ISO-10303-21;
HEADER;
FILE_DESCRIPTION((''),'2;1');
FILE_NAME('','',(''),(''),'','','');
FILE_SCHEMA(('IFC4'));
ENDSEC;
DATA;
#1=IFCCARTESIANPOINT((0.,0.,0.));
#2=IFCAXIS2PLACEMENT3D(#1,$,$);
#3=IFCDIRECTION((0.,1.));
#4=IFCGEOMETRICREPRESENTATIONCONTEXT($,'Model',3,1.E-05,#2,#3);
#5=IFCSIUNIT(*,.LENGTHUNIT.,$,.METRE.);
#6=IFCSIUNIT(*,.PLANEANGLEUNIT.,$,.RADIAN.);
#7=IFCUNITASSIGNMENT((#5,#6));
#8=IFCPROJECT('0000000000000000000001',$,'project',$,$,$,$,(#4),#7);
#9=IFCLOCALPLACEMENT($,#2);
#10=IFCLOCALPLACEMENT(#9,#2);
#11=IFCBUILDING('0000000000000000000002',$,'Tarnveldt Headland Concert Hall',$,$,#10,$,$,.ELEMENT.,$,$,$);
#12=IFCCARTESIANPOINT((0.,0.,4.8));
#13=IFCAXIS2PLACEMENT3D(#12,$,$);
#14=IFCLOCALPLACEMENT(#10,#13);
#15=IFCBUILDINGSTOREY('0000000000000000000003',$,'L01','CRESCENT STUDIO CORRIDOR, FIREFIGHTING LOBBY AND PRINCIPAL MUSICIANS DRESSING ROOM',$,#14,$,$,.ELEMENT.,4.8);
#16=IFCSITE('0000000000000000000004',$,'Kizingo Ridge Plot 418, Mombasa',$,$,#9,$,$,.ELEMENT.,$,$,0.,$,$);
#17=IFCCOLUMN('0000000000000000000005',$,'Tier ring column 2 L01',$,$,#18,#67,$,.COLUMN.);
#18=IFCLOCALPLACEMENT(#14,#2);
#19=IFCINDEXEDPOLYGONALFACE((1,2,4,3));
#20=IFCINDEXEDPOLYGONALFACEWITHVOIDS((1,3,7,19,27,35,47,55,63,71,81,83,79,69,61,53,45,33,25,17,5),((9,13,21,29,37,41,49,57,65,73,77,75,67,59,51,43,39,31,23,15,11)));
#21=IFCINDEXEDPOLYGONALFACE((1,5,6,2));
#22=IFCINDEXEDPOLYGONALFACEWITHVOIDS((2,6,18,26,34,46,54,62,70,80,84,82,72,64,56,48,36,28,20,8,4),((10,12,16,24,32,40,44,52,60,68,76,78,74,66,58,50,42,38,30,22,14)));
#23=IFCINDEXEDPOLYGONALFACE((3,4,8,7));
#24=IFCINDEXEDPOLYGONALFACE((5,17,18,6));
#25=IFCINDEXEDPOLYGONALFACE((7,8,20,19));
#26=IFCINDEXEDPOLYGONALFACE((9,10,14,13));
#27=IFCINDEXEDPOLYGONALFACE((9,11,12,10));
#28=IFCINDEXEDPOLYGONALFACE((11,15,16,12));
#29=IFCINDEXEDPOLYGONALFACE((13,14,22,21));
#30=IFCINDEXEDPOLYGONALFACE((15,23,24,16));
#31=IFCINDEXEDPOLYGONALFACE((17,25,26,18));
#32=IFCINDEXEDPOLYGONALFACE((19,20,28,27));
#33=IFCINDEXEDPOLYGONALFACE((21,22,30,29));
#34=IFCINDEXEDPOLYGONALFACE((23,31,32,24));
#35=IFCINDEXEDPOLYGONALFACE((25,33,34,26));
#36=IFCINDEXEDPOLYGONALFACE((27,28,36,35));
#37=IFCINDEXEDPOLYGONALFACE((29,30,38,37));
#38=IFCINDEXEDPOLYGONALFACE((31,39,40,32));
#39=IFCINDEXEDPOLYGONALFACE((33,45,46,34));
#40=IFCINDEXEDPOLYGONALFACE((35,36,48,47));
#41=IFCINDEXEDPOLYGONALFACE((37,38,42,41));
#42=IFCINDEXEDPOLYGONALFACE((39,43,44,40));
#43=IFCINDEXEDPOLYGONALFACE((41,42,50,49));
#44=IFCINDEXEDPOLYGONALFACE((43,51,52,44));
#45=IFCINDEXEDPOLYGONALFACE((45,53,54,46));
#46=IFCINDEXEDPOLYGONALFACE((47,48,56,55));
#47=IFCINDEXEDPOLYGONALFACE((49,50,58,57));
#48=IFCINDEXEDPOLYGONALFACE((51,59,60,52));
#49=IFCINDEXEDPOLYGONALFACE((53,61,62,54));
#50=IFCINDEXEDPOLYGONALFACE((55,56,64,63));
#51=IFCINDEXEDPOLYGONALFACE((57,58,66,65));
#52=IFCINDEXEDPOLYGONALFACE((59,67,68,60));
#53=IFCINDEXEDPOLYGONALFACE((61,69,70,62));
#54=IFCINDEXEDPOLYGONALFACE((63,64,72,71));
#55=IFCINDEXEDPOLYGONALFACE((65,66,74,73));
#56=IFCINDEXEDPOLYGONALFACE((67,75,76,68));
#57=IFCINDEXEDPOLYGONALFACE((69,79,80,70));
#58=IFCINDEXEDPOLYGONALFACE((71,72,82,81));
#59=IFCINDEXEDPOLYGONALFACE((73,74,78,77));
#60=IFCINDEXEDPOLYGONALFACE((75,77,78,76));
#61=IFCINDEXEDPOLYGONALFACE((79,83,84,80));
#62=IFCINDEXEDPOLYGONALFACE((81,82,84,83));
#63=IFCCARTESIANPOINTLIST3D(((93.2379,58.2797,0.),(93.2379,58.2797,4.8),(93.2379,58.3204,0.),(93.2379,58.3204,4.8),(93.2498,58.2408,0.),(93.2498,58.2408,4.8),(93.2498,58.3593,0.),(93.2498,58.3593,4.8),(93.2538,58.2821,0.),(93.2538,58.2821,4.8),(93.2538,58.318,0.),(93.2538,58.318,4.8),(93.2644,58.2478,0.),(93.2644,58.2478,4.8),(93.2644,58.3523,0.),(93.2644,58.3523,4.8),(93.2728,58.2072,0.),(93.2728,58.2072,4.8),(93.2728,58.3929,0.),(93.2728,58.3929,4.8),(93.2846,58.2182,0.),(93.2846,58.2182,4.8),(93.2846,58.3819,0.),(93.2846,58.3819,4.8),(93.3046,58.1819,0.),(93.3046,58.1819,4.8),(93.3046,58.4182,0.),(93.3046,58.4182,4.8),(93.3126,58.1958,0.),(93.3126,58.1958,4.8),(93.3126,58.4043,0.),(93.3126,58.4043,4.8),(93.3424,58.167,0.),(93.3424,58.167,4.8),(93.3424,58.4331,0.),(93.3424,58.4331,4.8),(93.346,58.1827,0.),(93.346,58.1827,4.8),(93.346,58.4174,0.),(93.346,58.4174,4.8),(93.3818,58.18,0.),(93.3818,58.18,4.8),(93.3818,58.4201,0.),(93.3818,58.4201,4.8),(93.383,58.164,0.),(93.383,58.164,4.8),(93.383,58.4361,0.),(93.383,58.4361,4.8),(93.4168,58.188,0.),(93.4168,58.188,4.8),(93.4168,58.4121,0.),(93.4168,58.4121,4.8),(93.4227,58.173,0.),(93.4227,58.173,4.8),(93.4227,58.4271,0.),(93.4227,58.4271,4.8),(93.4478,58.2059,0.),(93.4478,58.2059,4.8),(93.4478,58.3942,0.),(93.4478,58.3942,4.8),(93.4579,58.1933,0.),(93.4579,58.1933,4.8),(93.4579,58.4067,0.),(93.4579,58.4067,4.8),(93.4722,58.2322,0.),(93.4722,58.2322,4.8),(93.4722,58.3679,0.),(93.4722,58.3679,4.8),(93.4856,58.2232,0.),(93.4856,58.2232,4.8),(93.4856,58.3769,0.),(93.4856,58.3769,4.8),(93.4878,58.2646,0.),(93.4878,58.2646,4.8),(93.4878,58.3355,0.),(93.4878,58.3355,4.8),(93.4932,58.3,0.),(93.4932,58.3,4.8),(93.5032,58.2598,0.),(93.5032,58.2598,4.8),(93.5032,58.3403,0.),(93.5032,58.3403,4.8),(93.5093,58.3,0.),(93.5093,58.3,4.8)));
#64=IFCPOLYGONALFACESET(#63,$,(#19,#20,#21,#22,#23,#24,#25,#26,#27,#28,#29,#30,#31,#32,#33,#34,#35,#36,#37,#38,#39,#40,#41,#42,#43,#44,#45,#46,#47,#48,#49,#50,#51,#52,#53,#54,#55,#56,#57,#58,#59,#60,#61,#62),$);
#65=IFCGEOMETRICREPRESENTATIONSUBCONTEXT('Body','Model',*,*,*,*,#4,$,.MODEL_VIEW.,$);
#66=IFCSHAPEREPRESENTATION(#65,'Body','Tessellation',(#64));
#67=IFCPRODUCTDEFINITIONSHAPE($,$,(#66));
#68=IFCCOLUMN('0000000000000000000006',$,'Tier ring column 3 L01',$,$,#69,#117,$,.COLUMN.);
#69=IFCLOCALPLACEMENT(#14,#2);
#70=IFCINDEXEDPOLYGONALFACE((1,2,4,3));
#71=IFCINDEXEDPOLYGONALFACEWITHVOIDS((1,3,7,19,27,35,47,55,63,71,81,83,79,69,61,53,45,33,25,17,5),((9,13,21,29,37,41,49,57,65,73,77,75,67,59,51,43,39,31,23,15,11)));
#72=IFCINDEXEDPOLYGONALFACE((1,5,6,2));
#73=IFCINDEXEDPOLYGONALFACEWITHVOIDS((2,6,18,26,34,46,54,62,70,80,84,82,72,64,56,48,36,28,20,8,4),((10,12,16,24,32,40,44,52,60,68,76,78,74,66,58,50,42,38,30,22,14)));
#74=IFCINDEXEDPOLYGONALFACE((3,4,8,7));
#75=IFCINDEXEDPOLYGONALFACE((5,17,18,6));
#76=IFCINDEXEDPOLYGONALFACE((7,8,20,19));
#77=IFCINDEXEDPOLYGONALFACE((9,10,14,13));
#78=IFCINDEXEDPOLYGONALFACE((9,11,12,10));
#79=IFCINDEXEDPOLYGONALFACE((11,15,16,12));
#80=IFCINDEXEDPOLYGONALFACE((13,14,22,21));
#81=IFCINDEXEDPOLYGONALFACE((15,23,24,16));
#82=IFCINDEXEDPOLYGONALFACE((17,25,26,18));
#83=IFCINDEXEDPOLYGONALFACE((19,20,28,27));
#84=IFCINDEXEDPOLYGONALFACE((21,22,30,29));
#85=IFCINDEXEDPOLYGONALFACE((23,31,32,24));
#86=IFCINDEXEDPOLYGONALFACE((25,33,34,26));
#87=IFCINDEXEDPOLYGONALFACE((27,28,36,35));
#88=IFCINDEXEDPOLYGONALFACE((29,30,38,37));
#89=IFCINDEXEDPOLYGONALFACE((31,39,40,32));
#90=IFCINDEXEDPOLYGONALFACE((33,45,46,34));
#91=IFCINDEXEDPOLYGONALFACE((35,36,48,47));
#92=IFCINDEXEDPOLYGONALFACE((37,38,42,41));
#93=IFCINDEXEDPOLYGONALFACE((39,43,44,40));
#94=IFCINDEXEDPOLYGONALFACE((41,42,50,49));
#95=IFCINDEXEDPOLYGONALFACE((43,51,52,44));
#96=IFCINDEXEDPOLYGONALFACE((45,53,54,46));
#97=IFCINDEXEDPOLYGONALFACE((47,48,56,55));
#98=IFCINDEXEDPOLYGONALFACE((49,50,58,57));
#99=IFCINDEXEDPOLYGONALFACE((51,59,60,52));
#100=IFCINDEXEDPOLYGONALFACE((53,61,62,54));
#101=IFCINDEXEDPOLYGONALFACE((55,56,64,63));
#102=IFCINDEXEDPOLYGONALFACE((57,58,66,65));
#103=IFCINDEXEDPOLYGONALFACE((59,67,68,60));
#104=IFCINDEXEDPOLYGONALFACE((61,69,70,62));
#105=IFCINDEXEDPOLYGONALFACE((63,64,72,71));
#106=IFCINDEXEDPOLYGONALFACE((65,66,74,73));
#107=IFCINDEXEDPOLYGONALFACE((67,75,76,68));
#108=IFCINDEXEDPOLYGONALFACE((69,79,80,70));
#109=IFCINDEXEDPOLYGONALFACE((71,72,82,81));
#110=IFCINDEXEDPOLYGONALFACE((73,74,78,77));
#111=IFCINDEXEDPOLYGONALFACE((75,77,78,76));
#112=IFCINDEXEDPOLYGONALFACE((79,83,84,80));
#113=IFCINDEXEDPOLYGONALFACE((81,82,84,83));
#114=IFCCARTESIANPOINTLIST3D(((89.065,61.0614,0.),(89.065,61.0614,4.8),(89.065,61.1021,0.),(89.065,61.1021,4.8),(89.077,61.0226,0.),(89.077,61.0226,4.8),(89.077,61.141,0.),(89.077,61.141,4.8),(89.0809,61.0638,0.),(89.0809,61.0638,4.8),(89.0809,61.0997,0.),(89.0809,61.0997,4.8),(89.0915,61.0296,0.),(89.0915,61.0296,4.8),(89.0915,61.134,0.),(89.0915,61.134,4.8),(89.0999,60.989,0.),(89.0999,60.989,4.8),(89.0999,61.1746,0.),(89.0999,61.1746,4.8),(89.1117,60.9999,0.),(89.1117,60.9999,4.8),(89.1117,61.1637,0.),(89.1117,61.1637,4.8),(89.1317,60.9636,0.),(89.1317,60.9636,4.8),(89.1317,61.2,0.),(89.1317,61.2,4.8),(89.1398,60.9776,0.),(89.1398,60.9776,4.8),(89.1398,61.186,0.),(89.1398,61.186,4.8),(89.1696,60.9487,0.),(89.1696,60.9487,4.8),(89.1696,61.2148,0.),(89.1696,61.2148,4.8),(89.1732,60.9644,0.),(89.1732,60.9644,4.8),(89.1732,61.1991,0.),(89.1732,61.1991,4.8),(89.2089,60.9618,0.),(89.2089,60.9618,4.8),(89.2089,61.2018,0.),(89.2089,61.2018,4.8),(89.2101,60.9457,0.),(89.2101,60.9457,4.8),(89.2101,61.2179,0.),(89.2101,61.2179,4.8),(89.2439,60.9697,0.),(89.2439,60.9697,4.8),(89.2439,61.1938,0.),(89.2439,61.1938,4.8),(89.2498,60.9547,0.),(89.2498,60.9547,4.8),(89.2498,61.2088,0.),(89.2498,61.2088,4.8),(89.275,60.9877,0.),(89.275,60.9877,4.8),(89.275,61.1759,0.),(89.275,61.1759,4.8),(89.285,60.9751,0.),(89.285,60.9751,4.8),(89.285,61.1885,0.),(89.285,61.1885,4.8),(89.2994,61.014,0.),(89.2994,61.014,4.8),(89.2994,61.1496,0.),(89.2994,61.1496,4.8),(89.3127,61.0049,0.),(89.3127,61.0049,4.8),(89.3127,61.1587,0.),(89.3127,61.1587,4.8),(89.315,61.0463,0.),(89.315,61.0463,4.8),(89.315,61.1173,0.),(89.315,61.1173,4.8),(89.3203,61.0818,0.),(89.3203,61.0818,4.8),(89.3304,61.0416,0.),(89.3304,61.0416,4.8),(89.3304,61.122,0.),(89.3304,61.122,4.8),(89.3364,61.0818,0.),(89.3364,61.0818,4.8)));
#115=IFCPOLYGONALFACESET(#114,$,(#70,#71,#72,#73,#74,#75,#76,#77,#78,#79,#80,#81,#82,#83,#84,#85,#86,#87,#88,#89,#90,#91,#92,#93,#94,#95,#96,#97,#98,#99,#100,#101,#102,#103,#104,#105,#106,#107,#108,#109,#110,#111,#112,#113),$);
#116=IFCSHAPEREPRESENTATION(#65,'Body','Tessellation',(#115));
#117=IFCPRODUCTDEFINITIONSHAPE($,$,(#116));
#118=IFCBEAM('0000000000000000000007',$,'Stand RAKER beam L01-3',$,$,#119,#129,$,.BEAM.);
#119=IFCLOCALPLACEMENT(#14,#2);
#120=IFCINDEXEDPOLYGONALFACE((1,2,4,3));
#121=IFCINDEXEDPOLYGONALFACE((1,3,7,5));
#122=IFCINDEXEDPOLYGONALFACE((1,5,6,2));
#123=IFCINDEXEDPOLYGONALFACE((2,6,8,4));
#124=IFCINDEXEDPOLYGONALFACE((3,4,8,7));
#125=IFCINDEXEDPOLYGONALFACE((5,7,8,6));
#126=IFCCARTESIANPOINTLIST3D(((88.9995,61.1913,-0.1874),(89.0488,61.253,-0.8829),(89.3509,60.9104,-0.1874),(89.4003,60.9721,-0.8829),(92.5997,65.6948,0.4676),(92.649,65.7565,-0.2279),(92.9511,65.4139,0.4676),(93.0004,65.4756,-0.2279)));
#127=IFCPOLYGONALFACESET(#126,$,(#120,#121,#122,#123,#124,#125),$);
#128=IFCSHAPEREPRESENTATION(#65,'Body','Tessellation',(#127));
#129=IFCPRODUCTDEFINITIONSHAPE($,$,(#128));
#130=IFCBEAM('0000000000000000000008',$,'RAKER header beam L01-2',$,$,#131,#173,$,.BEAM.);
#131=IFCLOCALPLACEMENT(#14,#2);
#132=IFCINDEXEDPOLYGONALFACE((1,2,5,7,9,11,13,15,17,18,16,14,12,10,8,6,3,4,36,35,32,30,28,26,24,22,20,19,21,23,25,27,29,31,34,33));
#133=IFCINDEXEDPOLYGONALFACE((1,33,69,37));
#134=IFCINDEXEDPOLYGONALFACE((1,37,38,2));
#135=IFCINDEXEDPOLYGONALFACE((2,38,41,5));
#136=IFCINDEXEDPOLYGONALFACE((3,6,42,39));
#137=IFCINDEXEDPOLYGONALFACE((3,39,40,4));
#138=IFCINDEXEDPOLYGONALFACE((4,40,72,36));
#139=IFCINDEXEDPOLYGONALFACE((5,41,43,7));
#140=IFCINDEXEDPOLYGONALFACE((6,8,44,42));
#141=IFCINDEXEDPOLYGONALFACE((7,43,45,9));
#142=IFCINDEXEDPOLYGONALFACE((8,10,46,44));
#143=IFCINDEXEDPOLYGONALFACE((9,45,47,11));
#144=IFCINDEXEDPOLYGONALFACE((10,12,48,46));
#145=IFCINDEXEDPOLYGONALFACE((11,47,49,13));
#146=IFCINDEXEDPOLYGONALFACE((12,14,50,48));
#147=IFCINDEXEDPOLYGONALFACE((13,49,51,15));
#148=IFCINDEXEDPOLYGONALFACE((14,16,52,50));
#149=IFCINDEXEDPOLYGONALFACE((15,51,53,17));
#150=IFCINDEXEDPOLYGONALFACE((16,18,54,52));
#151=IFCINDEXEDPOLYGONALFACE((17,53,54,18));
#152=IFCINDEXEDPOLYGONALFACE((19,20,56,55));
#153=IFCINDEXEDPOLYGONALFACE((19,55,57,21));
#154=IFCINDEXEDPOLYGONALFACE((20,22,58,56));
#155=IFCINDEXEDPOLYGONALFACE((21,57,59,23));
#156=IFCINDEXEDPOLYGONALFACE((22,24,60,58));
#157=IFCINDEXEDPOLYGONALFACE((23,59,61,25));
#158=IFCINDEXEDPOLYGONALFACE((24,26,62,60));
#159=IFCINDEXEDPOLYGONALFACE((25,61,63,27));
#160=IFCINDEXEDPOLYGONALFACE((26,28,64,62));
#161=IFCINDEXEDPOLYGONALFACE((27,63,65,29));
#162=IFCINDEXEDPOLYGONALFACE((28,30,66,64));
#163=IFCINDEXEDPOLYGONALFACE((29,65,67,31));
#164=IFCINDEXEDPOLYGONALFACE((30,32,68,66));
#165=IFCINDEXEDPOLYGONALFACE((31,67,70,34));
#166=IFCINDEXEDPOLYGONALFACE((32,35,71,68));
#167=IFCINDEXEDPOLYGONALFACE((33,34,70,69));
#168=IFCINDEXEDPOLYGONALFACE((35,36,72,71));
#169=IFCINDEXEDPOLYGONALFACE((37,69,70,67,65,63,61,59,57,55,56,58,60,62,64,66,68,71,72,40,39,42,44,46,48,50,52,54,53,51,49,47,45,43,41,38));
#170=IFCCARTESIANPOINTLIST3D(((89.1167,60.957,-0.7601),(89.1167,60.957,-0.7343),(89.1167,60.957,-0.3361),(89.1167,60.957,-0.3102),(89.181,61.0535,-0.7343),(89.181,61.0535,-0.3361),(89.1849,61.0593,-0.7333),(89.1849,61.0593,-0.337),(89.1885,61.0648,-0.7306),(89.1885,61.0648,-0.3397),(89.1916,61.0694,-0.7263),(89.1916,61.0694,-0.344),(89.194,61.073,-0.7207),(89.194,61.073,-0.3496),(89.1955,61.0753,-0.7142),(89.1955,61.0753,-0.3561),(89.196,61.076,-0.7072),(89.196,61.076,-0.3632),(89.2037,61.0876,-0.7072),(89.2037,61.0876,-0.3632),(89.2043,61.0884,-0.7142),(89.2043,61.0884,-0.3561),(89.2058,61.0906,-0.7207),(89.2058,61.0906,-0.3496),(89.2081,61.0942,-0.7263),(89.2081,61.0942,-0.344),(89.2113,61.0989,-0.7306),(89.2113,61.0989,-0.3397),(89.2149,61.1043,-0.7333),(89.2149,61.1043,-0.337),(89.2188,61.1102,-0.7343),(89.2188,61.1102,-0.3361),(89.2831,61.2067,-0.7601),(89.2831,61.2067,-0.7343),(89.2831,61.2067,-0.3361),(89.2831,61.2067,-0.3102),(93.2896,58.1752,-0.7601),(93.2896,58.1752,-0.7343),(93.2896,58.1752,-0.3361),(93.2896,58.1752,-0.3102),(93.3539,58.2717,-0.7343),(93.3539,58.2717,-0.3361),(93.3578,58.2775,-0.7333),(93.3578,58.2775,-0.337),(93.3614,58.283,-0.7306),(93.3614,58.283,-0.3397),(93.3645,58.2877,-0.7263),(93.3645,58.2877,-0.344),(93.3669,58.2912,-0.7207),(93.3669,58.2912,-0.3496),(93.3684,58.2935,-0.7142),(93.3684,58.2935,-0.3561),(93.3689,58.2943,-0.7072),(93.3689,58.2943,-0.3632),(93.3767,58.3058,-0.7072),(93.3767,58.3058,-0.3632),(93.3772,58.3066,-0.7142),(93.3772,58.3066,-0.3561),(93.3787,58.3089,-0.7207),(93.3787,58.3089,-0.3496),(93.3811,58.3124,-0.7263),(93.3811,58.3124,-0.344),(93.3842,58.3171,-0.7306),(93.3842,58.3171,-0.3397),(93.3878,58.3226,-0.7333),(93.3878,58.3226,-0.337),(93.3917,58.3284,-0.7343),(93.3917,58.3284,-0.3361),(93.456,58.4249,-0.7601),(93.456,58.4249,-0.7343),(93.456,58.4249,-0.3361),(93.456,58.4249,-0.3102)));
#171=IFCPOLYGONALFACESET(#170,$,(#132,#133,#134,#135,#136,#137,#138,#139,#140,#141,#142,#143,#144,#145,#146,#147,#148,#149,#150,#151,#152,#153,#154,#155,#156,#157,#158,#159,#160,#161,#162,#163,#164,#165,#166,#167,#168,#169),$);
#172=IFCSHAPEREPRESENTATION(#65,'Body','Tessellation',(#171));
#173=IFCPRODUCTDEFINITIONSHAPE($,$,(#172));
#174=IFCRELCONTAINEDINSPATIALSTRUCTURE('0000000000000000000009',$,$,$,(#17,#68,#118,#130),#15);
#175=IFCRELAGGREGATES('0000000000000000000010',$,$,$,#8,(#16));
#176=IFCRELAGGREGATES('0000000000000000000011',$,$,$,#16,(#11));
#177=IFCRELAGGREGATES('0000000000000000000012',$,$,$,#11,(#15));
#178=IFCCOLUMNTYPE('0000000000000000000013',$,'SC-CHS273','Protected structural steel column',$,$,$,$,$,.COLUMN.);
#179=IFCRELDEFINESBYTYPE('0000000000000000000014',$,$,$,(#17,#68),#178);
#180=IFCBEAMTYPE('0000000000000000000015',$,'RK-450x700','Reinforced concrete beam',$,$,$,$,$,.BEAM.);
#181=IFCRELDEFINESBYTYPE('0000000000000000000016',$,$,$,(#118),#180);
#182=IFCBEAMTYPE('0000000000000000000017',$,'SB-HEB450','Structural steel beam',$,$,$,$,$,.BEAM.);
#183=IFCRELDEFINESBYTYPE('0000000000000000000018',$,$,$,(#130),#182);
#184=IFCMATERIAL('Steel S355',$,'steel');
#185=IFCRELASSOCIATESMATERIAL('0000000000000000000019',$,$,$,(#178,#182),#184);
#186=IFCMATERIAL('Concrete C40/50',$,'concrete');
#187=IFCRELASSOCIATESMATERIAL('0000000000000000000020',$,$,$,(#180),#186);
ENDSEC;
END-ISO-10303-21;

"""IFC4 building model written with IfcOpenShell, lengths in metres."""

from ifc_helpers import new_model, si_unit, direction, frame, origin, origin_2d, place, context, subcontext, project, spatial, rectangle, hollow_circle, i_section, extrude, material, material_profile, profile_set, type_object, element, save


model = new_model("IFC4")

# Units and contexts
model_context = context("Model", 3, precision=1e-05, world=origin(), true_north=direction((0.0, 1.0)))
body_context = subcontext(model_context, "Body", "Model", "MODEL_VIEW")
ifc_project = project(units=[si_unit("LENGTHUNIT", "METRE"), si_unit("PLANEANGLEUNIT", "RADIAN")], contexts=[model_context])

# Site, building, storey
site_placement = place(None, origin())
site = spatial("IfcSite", under=ifc_project, at=site_placement, Name="Kizingo Ridge Plot 418, Mombasa", CompositionType="ELEMENT", RefElevation=0.0)
building_placement = place(site_placement, origin())
building = spatial("IfcBuilding", under=site, at=building_placement, Name="Tarnveldt Headland Concert Hall", CompositionType="ELEMENT")
storey_placement = place(building_placement, frame((0.0, 0.0, 4.8)))
storey = spatial("IfcBuildingStorey", under=building, at=storey_placement, Name="L01", Description="CRESCENT STUDIO CORRIDOR, FIREFIGHTING LOBBY AND PRINCIPAL MUSICIANS DRESSING ROOM", CompositionType="ELEMENT", Elevation=4.8)

# Columns
ifc_material_1 = material(Name="Concrete C40/50", Category="concrete")
ifc_material_2 = material(Name="Steel S355", Category="steel")
ifc_material_profile_1 = material_profile(ifc_material_2, hollow_circle(Radius=0.1365, WallThickness=0.0161, at=origin_2d()), Name="CHS 273x16", Category="steel")
ifc_profile_set_1 = profile_set([ifc_material_profile_1], Name="Steel S355")
column_type_1 = type_object("IfcColumnType", Name="SC-CHS273", Description="Protected structural steel column", PredefinedType="COLUMN", material=ifc_profile_set_1)
for number, where, z_axis, x_axis, name in (
    (1, (93.3728, 58.3, 0.0), (0.0, 0.0, 1.0), (1.0, 0.0, 0.0), "Tier ring column 2 L01"),
    (2, (89.2, 61.0818, 0.0), (0.0, 0.0, 1.0), (1.0, 0.0, 0.0), "Tier ring column 3 L01"),
):
    element("IfcColumn", number, at=place(storey_placement, frame(where, z_axis=z_axis, x_axis=x_axis)), inside=storey, type_object=column_type_1, Name=name, PredefinedType="COLUMN", context=body_context, shape_type="SweptSolid", body=[
        extrude(hollow_circle(Radius=0.1365, WallThickness=0.0161, at=origin_2d()), origin(), (0.0, 0.0, 1.0), 4.8),
    ])

# Beams
ifc_material_profile_2 = material_profile(ifc_material_1, rectangle(XDim=0.45, YDim=0.7, at=origin_2d()), Name="RAKER RC 450x700", Category="concrete")
ifc_profile_set_2 = profile_set([ifc_material_profile_2], Name="Concrete C40/50")
beam_type_1 = type_object("IfcBeamType", Name="RK-450x700", Description="Reinforced concrete beam", PredefinedType="BEAM", material=ifc_profile_set_2)
beam_1_placement = place(storey_placement, frame((92.8, 65.5852, 0.1199), z_axis=(-0.620425, -0.776099, -0.112885), x_axis=(0.781092, -0.624416, 0.0)))
element("IfcBeam", 3, at=beam_1_placement, inside=storey, type_object=beam_type_1, Name="Stand RAKER beam L01-3", PredefinedType="BEAM", context=body_context, shape_type="SweptSolid", body=[
    extrude(rectangle(XDim=0.45, YDim=0.7, at=origin_2d()), origin(), (0.0, 0.0, 1.0), 5.8027),
])
ifc_material_profile_3 = material_profile(ifc_material_2, i_section(OverallWidth=0.3, OverallDepth=0.45, WebThickness=0.0139, FlangeThickness=0.0259, FilletRadius=0.0271, at=origin_2d()), Name="HEB450", Category="steel")
ifc_profile_set_3 = profile_set([ifc_material_profile_3], Name="Steel S355")
beam_type_2 = type_object("IfcBeamType", Name="SB-HEB450", Description="Structural steel beam", PredefinedType="BEAM", material=ifc_profile_set_3)
beam_2_placement = place(storey_placement, frame((93.3728, 58.3, -0.5352), z_axis=(-0.832065, 0.554678, 0.0), x_axis=(-0.554678, -0.832065, 0.0)))
element("IfcBeam", 4, at=beam_2_placement, inside=storey, type_object=beam_type_2, Name="RAKER header beam L01-2", PredefinedType="BEAM", context=body_context, shape_type="SweptSolid", body=[
    extrude(i_section(OverallWidth=0.3, OverallDepth=0.45, WebThickness=0.0139, FlangeThickness=0.0259, FilletRadius=0.0271, at=origin_2d()), origin(), (0.0, 0.0, 1.0), 5.0151),
])

save(model, "model.ifc")
